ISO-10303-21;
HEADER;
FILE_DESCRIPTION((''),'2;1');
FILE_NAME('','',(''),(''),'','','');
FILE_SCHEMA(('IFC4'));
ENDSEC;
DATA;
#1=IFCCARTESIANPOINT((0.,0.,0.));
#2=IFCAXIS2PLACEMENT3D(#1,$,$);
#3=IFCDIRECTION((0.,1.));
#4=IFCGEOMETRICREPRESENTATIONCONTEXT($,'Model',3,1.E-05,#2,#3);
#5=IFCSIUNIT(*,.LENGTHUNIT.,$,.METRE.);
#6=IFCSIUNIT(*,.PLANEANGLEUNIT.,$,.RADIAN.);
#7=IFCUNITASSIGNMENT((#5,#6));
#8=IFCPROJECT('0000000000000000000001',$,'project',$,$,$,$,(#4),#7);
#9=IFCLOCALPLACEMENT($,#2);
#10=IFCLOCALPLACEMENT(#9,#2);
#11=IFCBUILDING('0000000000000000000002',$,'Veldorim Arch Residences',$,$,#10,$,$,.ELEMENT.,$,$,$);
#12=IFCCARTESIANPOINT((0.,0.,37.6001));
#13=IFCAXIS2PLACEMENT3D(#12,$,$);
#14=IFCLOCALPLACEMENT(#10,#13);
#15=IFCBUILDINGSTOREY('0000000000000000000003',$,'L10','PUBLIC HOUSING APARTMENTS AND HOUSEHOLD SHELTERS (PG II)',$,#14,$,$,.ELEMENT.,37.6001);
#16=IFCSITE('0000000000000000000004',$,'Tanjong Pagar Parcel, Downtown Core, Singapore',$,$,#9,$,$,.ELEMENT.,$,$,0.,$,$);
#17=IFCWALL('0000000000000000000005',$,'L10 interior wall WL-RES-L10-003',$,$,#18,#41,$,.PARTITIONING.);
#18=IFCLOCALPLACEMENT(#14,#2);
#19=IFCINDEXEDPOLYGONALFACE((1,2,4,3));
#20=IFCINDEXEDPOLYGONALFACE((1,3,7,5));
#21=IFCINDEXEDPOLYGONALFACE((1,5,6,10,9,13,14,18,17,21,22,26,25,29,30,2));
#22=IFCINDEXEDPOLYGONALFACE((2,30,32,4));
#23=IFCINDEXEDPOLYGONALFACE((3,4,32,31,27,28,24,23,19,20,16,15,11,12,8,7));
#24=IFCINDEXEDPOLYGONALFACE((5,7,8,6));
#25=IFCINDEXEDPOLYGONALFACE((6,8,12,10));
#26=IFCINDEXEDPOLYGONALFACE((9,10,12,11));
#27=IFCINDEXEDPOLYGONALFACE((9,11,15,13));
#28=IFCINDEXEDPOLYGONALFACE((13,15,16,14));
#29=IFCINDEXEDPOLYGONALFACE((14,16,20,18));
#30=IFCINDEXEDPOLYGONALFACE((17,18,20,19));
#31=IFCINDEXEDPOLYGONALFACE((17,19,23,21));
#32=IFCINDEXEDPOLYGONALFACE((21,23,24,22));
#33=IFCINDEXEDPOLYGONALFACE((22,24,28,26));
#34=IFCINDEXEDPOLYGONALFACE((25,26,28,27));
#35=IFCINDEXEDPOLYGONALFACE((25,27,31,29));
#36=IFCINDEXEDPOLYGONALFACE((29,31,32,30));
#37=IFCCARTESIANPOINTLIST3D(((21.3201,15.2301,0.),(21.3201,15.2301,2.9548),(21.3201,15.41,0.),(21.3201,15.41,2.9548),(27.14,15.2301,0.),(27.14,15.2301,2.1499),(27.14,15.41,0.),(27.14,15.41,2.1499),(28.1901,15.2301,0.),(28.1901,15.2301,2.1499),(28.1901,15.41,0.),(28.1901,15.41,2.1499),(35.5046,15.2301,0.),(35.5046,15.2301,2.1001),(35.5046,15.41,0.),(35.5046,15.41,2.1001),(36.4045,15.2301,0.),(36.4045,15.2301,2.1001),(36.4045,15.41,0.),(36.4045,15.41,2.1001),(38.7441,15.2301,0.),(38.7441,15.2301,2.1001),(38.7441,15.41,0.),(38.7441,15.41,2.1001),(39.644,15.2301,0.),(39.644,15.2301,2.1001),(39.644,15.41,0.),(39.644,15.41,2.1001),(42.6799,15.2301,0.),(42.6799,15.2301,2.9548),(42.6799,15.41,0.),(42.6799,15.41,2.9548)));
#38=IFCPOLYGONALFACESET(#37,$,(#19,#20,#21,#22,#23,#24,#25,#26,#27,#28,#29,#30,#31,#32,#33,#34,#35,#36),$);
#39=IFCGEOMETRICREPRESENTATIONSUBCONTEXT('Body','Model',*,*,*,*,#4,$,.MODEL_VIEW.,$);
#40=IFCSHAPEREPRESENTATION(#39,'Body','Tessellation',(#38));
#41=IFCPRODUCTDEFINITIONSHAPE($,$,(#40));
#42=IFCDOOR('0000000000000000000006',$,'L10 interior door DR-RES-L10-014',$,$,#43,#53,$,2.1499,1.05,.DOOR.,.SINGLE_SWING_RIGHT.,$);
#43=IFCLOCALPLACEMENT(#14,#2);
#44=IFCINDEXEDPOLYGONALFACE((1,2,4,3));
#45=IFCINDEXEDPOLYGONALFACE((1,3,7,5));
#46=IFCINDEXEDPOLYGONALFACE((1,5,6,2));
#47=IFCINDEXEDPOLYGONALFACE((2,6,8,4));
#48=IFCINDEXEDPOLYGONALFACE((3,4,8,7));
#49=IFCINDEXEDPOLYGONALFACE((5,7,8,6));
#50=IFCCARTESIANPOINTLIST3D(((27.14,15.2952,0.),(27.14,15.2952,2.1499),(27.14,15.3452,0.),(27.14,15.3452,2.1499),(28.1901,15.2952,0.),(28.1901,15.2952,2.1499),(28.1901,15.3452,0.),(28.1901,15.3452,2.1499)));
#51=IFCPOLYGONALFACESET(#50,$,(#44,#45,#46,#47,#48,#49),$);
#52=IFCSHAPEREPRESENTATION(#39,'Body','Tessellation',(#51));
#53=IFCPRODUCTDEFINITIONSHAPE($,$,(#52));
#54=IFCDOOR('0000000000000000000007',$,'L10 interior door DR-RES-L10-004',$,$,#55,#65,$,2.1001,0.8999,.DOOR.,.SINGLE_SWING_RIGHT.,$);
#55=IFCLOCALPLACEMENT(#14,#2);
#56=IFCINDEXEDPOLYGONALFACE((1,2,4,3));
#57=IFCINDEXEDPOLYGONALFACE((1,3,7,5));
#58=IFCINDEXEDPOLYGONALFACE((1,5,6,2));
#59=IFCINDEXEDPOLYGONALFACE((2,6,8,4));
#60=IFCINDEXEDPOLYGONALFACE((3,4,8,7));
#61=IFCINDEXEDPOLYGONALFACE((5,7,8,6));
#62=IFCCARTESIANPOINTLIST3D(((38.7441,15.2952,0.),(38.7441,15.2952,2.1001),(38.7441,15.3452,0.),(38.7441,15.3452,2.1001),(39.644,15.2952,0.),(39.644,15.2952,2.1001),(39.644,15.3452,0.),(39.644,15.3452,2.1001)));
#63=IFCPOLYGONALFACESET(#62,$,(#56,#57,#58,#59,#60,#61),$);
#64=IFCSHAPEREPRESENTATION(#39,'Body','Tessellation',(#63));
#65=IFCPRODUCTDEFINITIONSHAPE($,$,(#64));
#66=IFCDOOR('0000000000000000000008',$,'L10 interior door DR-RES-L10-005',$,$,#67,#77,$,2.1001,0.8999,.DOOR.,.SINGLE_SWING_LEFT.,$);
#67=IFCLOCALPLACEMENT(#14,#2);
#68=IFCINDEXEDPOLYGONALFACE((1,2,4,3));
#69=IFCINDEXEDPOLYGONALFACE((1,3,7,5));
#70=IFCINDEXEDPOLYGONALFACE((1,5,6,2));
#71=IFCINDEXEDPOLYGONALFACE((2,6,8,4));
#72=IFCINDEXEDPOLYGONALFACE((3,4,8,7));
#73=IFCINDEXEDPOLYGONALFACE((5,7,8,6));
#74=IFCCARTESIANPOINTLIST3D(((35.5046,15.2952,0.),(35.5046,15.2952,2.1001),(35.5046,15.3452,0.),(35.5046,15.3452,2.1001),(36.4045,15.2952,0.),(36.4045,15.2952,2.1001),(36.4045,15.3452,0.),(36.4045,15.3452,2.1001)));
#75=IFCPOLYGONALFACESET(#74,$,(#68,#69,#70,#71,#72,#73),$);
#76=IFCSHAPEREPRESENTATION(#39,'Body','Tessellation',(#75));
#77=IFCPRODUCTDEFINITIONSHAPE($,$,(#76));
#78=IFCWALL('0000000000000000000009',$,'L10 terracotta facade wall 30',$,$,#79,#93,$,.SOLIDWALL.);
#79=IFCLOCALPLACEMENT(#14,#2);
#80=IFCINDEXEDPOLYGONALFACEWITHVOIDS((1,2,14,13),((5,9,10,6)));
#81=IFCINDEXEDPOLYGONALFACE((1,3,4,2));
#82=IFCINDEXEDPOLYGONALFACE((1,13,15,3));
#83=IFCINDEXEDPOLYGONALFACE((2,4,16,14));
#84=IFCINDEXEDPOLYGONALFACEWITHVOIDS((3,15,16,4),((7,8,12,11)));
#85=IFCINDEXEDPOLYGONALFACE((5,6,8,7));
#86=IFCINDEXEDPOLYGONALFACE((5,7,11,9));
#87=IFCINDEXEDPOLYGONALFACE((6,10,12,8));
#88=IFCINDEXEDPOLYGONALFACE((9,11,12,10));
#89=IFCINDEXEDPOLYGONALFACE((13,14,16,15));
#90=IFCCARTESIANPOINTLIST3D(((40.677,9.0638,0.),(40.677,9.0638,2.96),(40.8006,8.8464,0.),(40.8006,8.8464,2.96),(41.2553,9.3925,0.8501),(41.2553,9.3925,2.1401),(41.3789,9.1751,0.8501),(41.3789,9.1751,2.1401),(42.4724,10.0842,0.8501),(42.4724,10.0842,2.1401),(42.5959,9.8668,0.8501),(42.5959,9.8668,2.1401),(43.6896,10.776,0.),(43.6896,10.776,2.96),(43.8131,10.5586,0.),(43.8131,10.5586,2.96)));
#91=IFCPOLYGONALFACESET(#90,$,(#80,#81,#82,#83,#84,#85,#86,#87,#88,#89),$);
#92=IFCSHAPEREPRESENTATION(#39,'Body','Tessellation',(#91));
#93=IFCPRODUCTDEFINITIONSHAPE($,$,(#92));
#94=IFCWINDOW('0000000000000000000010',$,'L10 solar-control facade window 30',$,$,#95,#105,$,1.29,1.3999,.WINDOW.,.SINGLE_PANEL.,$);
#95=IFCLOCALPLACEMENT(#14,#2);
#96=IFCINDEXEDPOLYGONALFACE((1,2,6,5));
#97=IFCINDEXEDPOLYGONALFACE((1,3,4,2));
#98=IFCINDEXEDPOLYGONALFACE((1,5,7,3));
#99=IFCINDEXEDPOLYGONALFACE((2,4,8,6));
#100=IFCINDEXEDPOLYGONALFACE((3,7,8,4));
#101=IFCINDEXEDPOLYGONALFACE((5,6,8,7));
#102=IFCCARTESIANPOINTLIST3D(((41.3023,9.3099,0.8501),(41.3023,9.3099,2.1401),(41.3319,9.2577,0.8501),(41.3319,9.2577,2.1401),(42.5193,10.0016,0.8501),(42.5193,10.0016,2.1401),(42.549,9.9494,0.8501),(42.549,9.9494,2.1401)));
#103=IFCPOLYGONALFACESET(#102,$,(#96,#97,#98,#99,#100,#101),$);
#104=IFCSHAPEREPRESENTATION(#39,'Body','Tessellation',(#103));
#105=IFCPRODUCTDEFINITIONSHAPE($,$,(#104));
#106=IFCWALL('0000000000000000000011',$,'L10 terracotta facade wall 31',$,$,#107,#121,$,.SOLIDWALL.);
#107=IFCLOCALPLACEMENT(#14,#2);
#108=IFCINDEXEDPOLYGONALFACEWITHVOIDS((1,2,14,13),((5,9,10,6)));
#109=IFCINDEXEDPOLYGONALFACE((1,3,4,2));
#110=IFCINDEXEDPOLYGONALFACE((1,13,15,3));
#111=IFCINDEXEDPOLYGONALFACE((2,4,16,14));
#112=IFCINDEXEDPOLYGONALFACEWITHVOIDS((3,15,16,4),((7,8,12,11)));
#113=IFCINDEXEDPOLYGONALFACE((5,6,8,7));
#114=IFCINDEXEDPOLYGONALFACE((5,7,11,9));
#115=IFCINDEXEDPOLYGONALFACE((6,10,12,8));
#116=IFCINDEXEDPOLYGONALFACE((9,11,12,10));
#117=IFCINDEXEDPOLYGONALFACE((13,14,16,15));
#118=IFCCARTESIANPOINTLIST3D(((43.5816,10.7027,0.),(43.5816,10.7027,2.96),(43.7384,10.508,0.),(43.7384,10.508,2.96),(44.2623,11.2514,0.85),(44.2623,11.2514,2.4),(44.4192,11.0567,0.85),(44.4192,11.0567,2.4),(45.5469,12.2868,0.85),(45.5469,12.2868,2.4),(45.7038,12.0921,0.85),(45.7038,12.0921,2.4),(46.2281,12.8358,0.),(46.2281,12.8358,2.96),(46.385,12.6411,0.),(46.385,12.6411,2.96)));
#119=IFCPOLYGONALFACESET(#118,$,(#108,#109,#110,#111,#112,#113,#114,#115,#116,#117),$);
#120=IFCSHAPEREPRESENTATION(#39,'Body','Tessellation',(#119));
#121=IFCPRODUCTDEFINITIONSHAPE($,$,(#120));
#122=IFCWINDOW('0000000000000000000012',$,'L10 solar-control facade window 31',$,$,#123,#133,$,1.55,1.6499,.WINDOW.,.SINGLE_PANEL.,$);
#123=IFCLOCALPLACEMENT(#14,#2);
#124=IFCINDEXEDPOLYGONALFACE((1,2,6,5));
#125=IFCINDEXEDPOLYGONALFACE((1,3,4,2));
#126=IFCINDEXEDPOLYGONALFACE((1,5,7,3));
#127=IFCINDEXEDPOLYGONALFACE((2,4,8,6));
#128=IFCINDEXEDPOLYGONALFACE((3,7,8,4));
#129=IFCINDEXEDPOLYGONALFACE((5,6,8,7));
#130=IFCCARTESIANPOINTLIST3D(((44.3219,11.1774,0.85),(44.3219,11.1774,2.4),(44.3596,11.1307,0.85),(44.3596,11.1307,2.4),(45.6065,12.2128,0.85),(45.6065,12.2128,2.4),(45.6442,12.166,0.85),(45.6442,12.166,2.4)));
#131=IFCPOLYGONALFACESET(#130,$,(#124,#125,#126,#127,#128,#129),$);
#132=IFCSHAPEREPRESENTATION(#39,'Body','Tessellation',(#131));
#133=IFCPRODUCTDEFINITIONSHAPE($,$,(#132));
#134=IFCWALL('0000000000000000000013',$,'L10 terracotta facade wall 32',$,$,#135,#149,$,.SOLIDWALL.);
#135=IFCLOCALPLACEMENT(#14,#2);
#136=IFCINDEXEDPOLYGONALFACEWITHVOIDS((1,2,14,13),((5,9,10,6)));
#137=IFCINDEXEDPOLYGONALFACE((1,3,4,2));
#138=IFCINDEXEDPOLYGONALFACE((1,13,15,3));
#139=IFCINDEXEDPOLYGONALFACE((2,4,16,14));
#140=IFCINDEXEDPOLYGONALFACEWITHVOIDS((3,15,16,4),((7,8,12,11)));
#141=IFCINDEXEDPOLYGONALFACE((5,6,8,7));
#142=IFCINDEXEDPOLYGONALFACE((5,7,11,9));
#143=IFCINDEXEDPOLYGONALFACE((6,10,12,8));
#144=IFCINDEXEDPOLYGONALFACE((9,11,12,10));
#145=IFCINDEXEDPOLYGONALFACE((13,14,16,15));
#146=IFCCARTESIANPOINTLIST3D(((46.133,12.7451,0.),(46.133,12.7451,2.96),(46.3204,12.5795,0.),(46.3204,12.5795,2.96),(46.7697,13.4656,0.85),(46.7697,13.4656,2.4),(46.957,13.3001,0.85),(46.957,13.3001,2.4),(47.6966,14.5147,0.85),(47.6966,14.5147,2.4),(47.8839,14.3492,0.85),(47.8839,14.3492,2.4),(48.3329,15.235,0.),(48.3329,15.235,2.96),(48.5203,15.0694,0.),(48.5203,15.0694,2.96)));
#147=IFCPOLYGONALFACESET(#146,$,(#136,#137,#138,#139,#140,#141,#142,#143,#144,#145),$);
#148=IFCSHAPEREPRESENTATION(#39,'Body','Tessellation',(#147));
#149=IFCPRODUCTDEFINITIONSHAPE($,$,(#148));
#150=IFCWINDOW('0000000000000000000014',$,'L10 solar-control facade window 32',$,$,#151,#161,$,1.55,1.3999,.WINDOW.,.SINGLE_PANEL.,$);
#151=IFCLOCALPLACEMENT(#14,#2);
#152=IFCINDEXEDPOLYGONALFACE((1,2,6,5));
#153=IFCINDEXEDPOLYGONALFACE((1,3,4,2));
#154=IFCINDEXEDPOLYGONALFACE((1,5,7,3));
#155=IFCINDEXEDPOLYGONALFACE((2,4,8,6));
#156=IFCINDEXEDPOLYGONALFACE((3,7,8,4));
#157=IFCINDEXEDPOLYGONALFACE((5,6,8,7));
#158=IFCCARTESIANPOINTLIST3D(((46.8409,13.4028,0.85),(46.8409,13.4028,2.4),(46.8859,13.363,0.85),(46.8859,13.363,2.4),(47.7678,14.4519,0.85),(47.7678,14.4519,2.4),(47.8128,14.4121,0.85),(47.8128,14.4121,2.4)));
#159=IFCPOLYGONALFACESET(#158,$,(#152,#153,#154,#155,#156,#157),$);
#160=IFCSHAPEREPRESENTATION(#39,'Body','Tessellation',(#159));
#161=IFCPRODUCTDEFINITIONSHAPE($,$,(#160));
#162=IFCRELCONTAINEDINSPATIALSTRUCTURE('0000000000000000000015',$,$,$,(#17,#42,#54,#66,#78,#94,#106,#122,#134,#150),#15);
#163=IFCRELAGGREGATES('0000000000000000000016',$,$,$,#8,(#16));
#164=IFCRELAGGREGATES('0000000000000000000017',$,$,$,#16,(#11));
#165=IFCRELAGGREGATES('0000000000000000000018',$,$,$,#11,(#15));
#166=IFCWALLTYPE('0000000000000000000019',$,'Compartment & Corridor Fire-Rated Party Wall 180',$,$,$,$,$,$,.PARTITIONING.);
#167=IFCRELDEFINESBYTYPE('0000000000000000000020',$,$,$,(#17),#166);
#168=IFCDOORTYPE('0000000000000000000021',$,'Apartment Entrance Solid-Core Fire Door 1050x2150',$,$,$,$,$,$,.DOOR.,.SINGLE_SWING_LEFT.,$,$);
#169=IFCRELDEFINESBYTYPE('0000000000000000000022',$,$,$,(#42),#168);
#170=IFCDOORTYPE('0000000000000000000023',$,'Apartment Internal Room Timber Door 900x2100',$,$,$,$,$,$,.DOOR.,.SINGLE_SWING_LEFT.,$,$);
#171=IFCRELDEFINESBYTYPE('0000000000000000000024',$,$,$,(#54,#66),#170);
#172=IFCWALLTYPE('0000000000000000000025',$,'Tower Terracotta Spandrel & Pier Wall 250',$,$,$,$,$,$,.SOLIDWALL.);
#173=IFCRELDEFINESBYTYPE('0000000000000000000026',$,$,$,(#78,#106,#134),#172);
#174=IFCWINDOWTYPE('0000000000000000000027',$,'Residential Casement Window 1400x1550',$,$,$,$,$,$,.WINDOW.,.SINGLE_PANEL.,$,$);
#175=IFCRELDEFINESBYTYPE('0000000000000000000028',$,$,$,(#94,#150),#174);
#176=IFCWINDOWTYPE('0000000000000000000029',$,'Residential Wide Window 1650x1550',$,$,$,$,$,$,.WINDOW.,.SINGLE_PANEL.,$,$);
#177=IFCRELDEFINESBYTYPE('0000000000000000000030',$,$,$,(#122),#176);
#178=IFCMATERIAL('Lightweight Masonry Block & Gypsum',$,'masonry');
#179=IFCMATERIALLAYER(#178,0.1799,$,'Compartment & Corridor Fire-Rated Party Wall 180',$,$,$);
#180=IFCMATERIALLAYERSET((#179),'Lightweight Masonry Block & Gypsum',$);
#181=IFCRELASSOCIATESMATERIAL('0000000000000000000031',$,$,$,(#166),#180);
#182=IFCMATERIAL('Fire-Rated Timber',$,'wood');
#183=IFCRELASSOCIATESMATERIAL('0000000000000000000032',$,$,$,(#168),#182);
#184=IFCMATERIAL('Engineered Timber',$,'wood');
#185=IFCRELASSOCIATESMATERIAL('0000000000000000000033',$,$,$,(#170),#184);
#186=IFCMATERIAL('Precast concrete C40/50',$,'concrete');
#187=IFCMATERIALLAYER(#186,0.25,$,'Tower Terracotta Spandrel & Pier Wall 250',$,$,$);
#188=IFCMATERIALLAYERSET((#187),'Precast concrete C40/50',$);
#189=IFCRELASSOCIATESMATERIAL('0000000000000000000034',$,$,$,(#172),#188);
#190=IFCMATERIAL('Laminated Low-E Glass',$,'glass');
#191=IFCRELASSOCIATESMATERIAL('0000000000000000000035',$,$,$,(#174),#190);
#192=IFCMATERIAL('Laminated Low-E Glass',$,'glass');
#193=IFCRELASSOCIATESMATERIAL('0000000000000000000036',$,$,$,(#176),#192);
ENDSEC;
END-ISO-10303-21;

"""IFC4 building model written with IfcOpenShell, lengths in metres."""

from ifc_helpers import new_model, si_unit, direction, frame, frame_2d, origin, place, context, subcontext, project, spatial, rectangle, extrude, material, layer, layer_set, type_object, element, fill, save


model = new_model("IFC4")

# Units and contexts
model_context = context("Model", 3, precision=1e-05, world=origin(), true_north=direction((0.0, 1.0)))
body_context = subcontext(model_context, "Body", "Model", "MODEL_VIEW")
ifc_project = project(units=[si_unit("LENGTHUNIT", "METRE"), si_unit("PLANEANGLEUNIT", "RADIAN")], contexts=[model_context])

# Site, building, storey
site_placement = place(None, origin())
site = spatial("IfcSite", under=ifc_project, at=site_placement, Name="Tanjong Pagar Parcel, Downtown Core, Singapore", CompositionType="ELEMENT", RefElevation=0.0)
building_placement = place(site_placement, origin())
building = spatial("IfcBuilding", under=site, at=building_placement, Name="Veldorim Arch Residences", CompositionType="ELEMENT")
storey_placement = place(building_placement, frame((0.0, 0.0, 37.6001)))
storey = spatial("IfcBuildingStorey", under=building, at=storey_placement, Name="L10", Description="PUBLIC HOUSING APARTMENTS AND HOUSEHOLD SHELTERS (PG II)", CompositionType="ELEMENT", Elevation=37.6001)

# Shared definitions
ifc_material_1 = material(Name="Lightweight Masonry Block & Gypsum", Category="masonry")
ifc_layer_1 = layer(ifc_material_1, 0.1799, Name="Compartment & Corridor Fire-Rated Party Wall 180")
ifc_layer_set_1 = layer_set([ifc_layer_1], Name="Lightweight Masonry Block & Gypsum")
wall_type_1 = type_object("IfcWallType", Name="Compartment & Corridor Fire-Rated Party Wall 180", PredefinedType="PARTITIONING", material=ifc_layer_set_1)

# Wall, openings, doors
wall_1_placement = place(storey_placement, frame((42.6799, 15.3201, 0.0), z_axis=(0.0, 0.0, 1.0), x_axis=(-1.0, 0.0, 0.0)))
wall_1 = element("IfcWall", 1, at=wall_1_placement, inside=storey, type_object=wall_type_1, Name="L10 interior wall WL-RES-L10-003", PredefinedType="PARTITIONING", context=body_context, shape_type="SweptSolid", body=[
    extrude(rectangle(XDim=21.3599, YDim=0.1799, at=frame_2d((10.6799, 0.0))), origin(), (0.0, 0.0, 1.0), 2.9548),
])
opening_1_placement = place(wall_1_placement, frame((3.0359, 0.0, 0.0)))
opening_1 = element("IfcOpeningElement", 2, at=opening_1_placement, cuts=wall_1, PredefinedType="OPENING", context=body_context, shape_type="SweptSolid", body=[
    extrude(rectangle(XDim=0.8999, YDim=2.1001, at=frame_2d((0.45, 1.05))), frame((0.0, 0.0999, 0.0), z_axis=(0.0, -1.0, 0.0), x_axis=(1.0, 0.0, 0.0)), (0.0, 0.0, 1.0), 0.2),
])
opening_2_placement = place(wall_1_placement, frame((6.2754, 0.0, 0.0)))
opening_2 = element("IfcOpeningElement", 3, at=opening_2_placement, cuts=wall_1, PredefinedType="OPENING", context=body_context, shape_type="SweptSolid", body=[
    extrude(rectangle(XDim=0.8999, YDim=2.1001, at=frame_2d((0.45, 1.05))), frame((0.0, 0.0999, 0.0), z_axis=(0.0, -1.0, 0.0), x_axis=(1.0, 0.0, 0.0)), (0.0, 0.0, 1.0), 0.2),
])
opening_3_placement = place(wall_1_placement, frame((14.49, 0.0, 0.0)))
opening_3 = element("IfcOpeningElement", 4, at=opening_3_placement, cuts=wall_1, PredefinedType="OPENING", context=body_context, shape_type="SweptSolid", body=[
    extrude(rectangle(XDim=1.05, YDim=2.1499, at=frame_2d((0.5249, 1.075))), frame((0.0, 0.0999, 0.0), z_axis=(0.0, -1.0, 0.0), x_axis=(1.0, 0.0, 0.0)), (0.0, 0.0, 1.0), 0.2),
])
ifc_material_2 = material(Name="Fire-Rated Timber", Category="wood")
door_type_1 = type_object("IfcDoorType", Name="Apartment Entrance Solid-Core Fire Door 1050x2150", OperationType="SINGLE_SWING_LEFT", PredefinedType="DOOR", material=ifc_material_2)
door_1_placement = place(opening_3_placement, origin())
door_1 = element("IfcDoor", 5, at=door_1_placement, inside=storey, type_object=door_type_1, Name="L10 interior door DR-RES-L10-014", OperationType="SINGLE_SWING_RIGHT", OverallHeight=2.1499, OverallWidth=1.05, PredefinedType="DOOR", context=body_context, shape_type="SweptSolid", body=[
    extrude(rectangle(XDim=1.05, YDim=2.1499, at=frame_2d((0.5249, 1.075))), frame((0.0, 0.0249, 0.0), z_axis=(0.0, -1.0, 0.0), x_axis=(1.0, 0.0, 0.0)), (0.0, 0.0, 1.0), 0.05),
])
fill(opening_3, door_1)
ifc_material_3 = material(Name="Engineered Timber", Category="wood")
door_type_2 = type_object("IfcDoorType", Name="Apartment Internal Room Timber Door 900x2100", OperationType="SINGLE_SWING_LEFT", PredefinedType="DOOR", material=ifc_material_3)
door_2_placement = place(opening_1_placement, origin())
door_2 = element("IfcDoor", 6, at=door_2_placement, inside=storey, type_object=door_type_2, Name="L10 interior door DR-RES-L10-004", OperationType="SINGLE_SWING_RIGHT", OverallHeight=2.1001, OverallWidth=0.8999, PredefinedType="DOOR", context=body_context, shape_type="SweptSolid", body=[
    extrude(rectangle(XDim=0.8999, YDim=2.1001, at=frame_2d((0.45, 1.05))), frame((0.0, 0.0249, 0.0), z_axis=(0.0, -1.0, 0.0), x_axis=(1.0, 0.0, 0.0)), (0.0, 0.0, 1.0), 0.05),
])
fill(opening_1, door_2)
door_3_placement = place(opening_2_placement, origin())
door_3 = element("IfcDoor", 7, at=door_3_placement, inside=storey, type_object=door_type_2, Name="L10 interior door DR-RES-L10-005", OperationType="SINGLE_SWING_LEFT", OverallHeight=2.1001, OverallWidth=0.8999, PredefinedType="DOOR", context=body_context, shape_type="SweptSolid", body=[
    extrude(rectangle(XDim=0.8999, YDim=2.1001, at=frame_2d((0.45, 1.05))), frame((0.0, 0.0249, 0.0), z_axis=(0.0, -1.0, 0.0), x_axis=(1.0, 0.0, 0.0)), (0.0, 0.0, 1.0), 0.05),
])
fill(opening_2, door_3)

# Walls, openings, windows
ifc_material_4 = material(Name="Precast concrete C40/50", Category="concrete")
ifc_layer_2 = layer(ifc_material_4, 0.25, Name="Tower Terracotta Spandrel & Pier Wall 250")
ifc_layer_set_2 = layer_set([ifc_layer_2], Name="Precast concrete C40/50")
wall_type_2 = type_object("IfcWallType", Name="Tower Terracotta Spandrel & Pier Wall 250", PredefinedType="SOLIDWALL", material=ifc_layer_set_2)
wall_2_placement = place(storey_placement, frame((43.7512, 10.6672, 0.0), z_axis=(0.0, 0.0, 1.0), x_axis=(-0.86939, -0.494127, 0.0)))
wall_2 = element("IfcWall", 8, at=wall_2_placement, inside=storey, type_object=wall_type_2, Name="L10 terracotta facade wall 30", PredefinedType="SOLIDWALL", context=body_context, shape_type="SweptSolid", body=[
    extrude(rectangle(XDim=3.4651, YDim=0.25, at=frame_2d((1.7324, 0.0))), origin(), (0.0, 0.0, 1.0), 2.96),
])
opening_4_placement = place(wall_2_placement, frame((1.3999, 0.0, 0.8501)))
opening_4 = element("IfcOpeningElement", 9, at=opening_4_placement, cuts=wall_2, PredefinedType="OPENING", context=body_context, shape_type="SweptSolid", body=[
    extrude(rectangle(XDim=1.3999, YDim=1.29, at=frame_2d((0.7, 0.645))), frame((0.0, 0.135, 0.0), z_axis=(0.0, -1.0, 0.0), x_axis=(1.0, 0.0, 0.0)), (0.0, 0.0, 1.0), 0.27),
])
ifc_material_5 = material(Name="Laminated Low-E Glass", Category="glass")
window_type_1 = type_object("IfcWindowType", Name="Residential Casement Window 1400x1550", PartitioningType="SINGLE_PANEL", PredefinedType="WINDOW", material=ifc_material_5)
window_1_placement = place(opening_4_placement, origin())
window_1 = element("IfcWindow", 10, at=window_1_placement, inside=storey, type_object=window_type_1, Name="L10 solar-control facade window 30", OverallHeight=1.29, OverallWidth=1.3999, PartitioningType="SINGLE_PANEL", PredefinedType="WINDOW", context=body_context, shape_type="SweptSolid", body=[
    extrude(rectangle(XDim=1.3999, YDim=1.29, at=frame_2d((0.7, 0.645))), frame((0.0, 0.03, 0.0), z_axis=(0.0, -1.0, 0.0), x_axis=(1.0, 0.0, 0.0)), (0.0, 0.0, 1.0), 0.0601),
])
fill(opening_4, window_1)
wall_3_placement = place(storey_placement, frame((46.3066, 12.7385, 0.0), z_axis=(0.0, 0.0, 1.0), x_axis=(-0.778586, -0.627538, 0.0)))
wall_3 = element("IfcWall", 11, at=wall_3_placement, inside=storey, type_object=wall_type_2, Name="L10 terracotta facade wall 31", PredefinedType="SOLIDWALL", context=body_context, shape_type="SweptSolid", body=[
    extrude(rectangle(XDim=3.3992, YDim=0.25, at=frame_2d((1.6997, 0.0))), origin(), (0.0, 0.0, 1.0), 2.96),
])
opening_5_placement = place(wall_3_placement, frame((0.875, 0.0, 0.8501)))
opening_5 = element("IfcOpeningElement", 12, at=opening_5_placement, cuts=wall_3, PredefinedType="OPENING", context=body_context, shape_type="SweptSolid", body=[
    extrude(rectangle(XDim=1.6499, YDim=1.55, at=frame_2d((0.825, 0.7749))), frame((0.0, 0.135, 0.0), z_axis=(0.0, -1.0, 0.0), x_axis=(1.0, 0.0, 0.0)), (0.0, 0.0, 1.0), 0.27),
])
ifc_material_6 = material(Name="Laminated Low-E Glass", Category="glass")
window_type_2 = type_object("IfcWindowType", Name="Residential Wide Window 1650x1550", PartitioningType="SINGLE_PANEL", PredefinedType="WINDOW", material=ifc_material_6)
window_2_placement = place(opening_5_placement, origin())
window_2 = element("IfcWindow", 13, at=window_2_placement, inside=storey, type_object=window_type_2, Name="L10 solar-control facade window 31", OverallHeight=1.55, OverallWidth=1.6499, PartitioningType="SINGLE_PANEL", PredefinedType="WINDOW", context=body_context, shape_type="SweptSolid", body=[
    extrude(rectangle(XDim=1.6499, YDim=1.55, at=frame_2d((0.825, 0.7749))), frame((0.0, 0.03, 0.0), z_axis=(0.0, -1.0, 0.0), x_axis=(1.0, 0.0, 0.0)), (0.0, 0.0, 1.0), 0.0601),
])
fill(opening_5, window_2)
wall_4_placement = place(storey_placement, frame((48.4265, 15.1521, 0.0), z_axis=(0.0, 0.0, 1.0), x_axis=(-0.662112, -0.749405, 0.0)))
wall_4 = element("IfcWall", 14, at=wall_4_placement, inside=storey, type_object=wall_type_2, Name="L10 terracotta facade wall 32", PredefinedType="SOLIDWALL", context=body_context, shape_type="SweptSolid", body=[
    extrude(rectangle(XDim=3.3225, YDim=0.25, at=frame_2d((1.6611, 0.0))), origin(), (0.0, 0.0, 1.0), 2.96),
])
opening_6_placement = place(wall_4_placement, frame((0.9609, 0.0, 0.8501)))
opening_6 = element("IfcOpeningElement", 15, at=opening_6_placement, cuts=wall_4, PredefinedType="OPENING", context=body_context, shape_type="SweptSolid", body=[
    extrude(rectangle(XDim=1.3999, YDim=1.55, at=frame_2d((0.7, 0.7749))), frame((0.0, 0.135, 0.0), z_axis=(0.0, -1.0, 0.0), x_axis=(1.0, 0.0, 0.0)), (0.0, 0.0, 1.0), 0.27),
])
window_3_placement = place(opening_6_placement, origin())
window_3 = element("IfcWindow", 16, at=window_3_placement, inside=storey, type_object=window_type_1, Name="L10 solar-control facade window 32", OverallHeight=1.55, OverallWidth=1.3999, PartitioningType="SINGLE_PANEL", PredefinedType="WINDOW", context=body_context, shape_type="SweptSolid", body=[
    extrude(rectangle(XDim=1.3999, YDim=1.55, at=frame_2d((0.7, 0.7749))), frame((0.0, 0.03, 0.0), z_axis=(0.0, -1.0, 0.0), x_axis=(1.0, 0.0, 0.0)), (0.0, 0.0, 1.0), 0.0601),
])
fill(opening_6, window_3)

save(model, "model.ifc")
